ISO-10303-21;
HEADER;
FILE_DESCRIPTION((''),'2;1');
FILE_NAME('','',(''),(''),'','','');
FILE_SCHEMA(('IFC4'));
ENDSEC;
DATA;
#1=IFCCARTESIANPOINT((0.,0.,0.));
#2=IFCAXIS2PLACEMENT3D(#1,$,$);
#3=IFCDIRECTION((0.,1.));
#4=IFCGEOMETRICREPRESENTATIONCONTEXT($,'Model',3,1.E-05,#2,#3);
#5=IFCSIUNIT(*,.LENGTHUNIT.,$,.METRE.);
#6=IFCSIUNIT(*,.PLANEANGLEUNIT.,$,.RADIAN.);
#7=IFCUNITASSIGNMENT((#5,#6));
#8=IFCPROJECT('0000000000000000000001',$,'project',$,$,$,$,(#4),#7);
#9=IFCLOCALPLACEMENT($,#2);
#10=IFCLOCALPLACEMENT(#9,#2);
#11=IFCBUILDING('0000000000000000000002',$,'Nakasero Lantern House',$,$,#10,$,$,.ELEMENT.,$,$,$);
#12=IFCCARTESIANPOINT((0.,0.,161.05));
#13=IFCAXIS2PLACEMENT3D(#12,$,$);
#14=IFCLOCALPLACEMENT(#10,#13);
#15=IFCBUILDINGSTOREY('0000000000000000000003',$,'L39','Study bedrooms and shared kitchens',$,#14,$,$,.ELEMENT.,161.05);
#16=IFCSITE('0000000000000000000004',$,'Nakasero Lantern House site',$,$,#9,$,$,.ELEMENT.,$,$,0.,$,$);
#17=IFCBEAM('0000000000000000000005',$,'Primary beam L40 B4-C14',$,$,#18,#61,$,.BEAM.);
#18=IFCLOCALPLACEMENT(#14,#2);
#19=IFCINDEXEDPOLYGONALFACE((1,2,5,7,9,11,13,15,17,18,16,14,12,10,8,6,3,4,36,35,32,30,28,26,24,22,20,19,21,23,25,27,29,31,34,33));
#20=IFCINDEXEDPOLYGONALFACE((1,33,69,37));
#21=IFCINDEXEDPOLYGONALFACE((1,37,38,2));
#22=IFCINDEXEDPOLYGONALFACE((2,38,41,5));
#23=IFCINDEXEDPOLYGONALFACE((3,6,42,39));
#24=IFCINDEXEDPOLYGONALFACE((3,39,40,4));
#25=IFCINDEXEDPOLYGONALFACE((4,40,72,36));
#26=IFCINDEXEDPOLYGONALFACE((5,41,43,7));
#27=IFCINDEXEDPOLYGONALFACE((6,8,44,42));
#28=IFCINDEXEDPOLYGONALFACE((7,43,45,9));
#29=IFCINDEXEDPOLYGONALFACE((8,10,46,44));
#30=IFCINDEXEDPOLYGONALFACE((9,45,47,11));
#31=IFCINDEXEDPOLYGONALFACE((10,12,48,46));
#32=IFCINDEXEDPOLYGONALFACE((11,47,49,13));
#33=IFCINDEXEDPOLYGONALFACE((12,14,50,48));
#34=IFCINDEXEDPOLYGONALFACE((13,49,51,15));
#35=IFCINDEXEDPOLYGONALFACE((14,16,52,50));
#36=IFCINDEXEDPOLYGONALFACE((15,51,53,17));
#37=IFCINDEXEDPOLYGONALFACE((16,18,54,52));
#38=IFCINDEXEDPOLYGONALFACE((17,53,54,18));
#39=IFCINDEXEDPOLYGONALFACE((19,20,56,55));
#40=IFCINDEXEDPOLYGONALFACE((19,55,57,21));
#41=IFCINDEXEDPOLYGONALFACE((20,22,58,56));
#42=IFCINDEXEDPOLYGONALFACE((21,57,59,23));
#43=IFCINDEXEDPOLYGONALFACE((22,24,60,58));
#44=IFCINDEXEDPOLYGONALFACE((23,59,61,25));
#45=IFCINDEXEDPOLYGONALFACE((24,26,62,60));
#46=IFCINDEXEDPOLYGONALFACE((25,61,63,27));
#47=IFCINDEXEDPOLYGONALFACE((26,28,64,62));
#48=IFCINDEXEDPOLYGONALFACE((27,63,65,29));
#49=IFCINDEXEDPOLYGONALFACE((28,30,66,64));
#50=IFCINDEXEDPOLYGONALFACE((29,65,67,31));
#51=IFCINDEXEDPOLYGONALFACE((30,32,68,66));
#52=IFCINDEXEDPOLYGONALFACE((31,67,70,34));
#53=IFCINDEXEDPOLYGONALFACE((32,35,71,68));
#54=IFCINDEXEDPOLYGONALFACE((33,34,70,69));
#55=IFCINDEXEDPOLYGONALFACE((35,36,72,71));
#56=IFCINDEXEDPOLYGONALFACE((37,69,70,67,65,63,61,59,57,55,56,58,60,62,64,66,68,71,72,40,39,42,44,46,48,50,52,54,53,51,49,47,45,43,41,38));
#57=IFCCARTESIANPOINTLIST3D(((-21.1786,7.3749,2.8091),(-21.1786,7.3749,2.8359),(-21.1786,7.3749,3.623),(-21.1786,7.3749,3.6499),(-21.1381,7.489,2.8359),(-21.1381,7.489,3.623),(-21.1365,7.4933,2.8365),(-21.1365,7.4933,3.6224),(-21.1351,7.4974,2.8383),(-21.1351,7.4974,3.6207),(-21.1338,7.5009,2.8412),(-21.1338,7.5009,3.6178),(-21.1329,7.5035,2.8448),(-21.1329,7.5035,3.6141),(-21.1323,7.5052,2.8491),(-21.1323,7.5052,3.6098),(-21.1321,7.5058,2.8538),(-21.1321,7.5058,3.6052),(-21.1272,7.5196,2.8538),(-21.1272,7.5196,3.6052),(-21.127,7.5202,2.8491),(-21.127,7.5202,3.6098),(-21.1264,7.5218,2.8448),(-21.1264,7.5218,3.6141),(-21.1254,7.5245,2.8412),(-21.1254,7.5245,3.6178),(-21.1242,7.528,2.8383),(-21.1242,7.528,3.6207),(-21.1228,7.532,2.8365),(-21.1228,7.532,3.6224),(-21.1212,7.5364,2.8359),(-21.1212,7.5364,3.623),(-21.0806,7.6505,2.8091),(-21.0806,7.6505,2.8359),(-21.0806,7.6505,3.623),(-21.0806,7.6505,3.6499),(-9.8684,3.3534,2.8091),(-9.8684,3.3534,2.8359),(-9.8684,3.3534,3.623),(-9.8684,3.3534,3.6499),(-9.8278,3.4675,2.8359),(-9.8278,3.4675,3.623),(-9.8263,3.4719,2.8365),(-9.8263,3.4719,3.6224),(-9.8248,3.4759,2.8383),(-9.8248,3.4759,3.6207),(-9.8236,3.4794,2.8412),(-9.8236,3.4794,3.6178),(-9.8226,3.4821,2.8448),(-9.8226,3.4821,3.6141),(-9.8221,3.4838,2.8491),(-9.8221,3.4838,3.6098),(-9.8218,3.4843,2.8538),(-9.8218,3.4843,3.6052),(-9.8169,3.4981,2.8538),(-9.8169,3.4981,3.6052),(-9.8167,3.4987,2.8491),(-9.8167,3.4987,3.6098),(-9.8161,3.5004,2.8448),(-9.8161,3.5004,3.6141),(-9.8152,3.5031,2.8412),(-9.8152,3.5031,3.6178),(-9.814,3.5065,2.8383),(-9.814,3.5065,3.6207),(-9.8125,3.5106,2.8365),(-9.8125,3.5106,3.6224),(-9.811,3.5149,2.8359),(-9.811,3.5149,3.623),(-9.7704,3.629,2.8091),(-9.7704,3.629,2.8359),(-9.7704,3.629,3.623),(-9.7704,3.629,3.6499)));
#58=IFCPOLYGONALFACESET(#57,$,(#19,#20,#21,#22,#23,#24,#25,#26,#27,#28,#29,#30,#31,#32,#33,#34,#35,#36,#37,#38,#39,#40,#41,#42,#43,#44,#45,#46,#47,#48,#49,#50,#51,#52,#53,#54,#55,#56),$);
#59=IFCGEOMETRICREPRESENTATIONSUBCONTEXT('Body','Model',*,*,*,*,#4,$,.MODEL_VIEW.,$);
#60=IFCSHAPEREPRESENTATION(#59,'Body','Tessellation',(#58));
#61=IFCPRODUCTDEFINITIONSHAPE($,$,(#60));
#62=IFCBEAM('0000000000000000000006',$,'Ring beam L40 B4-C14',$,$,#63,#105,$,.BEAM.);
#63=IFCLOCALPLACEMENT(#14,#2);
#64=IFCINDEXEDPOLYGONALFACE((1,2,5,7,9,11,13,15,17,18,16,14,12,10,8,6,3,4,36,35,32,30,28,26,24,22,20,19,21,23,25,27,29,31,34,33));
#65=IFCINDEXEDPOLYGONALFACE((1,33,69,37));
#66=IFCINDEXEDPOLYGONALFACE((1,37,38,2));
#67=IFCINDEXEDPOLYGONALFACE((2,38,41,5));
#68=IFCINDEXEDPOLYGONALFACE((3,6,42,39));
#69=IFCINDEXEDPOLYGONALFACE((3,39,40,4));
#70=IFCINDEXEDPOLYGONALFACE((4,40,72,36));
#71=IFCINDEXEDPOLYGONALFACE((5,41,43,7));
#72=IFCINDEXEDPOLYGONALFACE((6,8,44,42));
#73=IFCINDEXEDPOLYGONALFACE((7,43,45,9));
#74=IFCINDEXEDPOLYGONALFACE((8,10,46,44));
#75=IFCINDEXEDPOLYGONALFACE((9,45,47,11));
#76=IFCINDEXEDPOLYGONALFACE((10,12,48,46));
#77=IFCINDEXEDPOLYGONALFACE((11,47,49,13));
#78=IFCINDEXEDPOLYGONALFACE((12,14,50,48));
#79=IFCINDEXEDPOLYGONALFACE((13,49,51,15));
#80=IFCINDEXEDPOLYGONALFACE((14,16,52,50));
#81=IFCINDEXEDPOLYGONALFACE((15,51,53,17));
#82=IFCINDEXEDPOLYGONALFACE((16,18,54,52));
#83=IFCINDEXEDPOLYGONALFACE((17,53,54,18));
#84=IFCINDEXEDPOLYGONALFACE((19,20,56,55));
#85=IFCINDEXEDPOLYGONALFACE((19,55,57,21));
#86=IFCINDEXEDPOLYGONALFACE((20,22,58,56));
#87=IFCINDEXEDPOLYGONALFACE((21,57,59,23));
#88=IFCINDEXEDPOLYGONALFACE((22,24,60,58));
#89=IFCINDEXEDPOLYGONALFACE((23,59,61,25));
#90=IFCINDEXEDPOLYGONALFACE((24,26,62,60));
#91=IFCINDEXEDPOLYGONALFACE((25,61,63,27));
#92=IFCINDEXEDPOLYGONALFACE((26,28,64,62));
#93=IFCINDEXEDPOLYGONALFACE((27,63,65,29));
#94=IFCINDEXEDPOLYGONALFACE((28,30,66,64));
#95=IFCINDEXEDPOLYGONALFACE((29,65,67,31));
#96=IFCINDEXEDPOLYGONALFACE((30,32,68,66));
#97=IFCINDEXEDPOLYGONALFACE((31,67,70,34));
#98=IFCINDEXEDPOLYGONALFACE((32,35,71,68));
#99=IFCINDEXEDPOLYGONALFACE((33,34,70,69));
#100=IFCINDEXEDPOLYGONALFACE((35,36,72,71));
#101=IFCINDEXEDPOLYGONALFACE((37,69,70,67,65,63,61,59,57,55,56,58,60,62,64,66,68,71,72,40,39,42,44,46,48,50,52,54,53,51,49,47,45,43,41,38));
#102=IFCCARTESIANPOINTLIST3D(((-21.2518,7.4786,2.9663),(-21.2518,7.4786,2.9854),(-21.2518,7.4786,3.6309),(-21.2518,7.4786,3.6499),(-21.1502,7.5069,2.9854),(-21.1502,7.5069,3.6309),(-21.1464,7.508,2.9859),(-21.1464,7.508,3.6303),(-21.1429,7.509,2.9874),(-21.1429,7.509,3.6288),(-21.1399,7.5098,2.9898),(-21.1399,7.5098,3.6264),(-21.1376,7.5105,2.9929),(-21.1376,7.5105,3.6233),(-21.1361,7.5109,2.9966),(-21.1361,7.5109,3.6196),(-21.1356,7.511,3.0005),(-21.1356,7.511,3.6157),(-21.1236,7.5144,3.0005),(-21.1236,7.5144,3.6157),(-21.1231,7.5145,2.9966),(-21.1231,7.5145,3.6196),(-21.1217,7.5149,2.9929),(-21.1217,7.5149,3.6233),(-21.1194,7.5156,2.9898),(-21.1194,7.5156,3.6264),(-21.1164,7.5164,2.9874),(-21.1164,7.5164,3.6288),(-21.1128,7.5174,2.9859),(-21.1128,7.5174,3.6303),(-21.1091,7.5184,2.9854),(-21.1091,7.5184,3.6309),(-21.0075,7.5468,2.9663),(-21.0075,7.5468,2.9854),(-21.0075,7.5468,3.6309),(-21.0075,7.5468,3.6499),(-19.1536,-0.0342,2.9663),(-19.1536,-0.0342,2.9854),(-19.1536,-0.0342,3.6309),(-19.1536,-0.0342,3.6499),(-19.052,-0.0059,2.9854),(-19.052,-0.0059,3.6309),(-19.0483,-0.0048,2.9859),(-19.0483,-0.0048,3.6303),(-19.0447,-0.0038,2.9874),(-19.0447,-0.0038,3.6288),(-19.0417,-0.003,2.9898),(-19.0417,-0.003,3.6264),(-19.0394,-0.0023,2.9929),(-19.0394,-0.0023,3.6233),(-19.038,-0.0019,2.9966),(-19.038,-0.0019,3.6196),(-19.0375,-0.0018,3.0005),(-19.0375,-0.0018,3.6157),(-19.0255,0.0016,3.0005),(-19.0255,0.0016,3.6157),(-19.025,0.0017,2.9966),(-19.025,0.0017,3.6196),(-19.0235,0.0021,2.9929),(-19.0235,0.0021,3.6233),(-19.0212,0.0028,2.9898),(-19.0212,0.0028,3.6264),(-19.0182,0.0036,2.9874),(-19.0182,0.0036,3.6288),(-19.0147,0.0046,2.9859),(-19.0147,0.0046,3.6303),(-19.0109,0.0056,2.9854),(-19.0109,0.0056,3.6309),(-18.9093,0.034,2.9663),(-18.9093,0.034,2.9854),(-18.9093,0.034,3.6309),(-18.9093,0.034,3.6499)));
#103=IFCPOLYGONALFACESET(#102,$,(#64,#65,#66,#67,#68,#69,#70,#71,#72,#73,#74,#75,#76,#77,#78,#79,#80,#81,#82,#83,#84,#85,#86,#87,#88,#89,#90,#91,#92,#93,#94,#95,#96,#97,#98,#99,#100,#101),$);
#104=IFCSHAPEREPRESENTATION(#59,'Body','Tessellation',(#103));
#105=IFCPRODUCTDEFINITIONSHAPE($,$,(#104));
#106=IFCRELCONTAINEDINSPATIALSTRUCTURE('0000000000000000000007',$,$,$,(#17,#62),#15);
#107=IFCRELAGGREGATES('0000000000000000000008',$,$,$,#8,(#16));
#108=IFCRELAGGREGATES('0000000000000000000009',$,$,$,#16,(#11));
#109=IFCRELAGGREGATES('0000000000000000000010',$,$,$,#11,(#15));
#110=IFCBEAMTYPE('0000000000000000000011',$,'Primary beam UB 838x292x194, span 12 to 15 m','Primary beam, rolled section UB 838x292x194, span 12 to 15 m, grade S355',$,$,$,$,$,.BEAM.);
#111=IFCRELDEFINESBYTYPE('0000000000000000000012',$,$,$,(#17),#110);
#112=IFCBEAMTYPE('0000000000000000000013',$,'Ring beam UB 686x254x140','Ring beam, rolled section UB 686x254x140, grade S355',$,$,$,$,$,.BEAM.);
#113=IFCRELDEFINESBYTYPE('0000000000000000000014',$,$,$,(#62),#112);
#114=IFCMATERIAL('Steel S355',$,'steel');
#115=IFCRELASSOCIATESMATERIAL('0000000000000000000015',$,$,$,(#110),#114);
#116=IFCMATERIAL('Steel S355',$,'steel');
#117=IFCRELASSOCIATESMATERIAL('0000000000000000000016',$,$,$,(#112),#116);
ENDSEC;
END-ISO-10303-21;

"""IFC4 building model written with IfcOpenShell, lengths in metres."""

from ifc_helpers import new_model, si_unit, direction, frame, origin, origin_2d, place, context, subcontext, project, spatial, i_section, extrude, material, material_profile, profile_set, type_object, element, save


model = new_model("IFC4")

# Units and contexts
model_context = context("Model", 3, precision=1e-05, world=origin(), true_north=direction((0.0, 1.0)))
body_context = subcontext(model_context, "Body", "Model", "MODEL_VIEW")
ifc_project = project(units=[si_unit("LENGTHUNIT", "METRE"), si_unit("PLANEANGLEUNIT", "RADIAN")], contexts=[model_context])

# Site, building, storey
site_placement = place(None, origin())
site = spatial("IfcSite", under=ifc_project, at=site_placement, Name="Nakasero Lantern House site", CompositionType="ELEMENT", RefElevation=0.0)
building_placement = place(site_placement, origin())
building = spatial("IfcBuilding", under=site, at=building_placement, Name="Nakasero Lantern House", CompositionType="ELEMENT")
storey_placement = place(building_placement, frame((0.0, 0.0, 161.05)))
storey = spatial("IfcBuildingStorey", under=building, at=storey_placement, Name="L39", Description="Study bedrooms and shared kitchens", CompositionType="ELEMENT", Elevation=161.05)

# Beams
ifc_material_1 = material(Name="Steel S355", Category="steel")
ifc_material_profile_1 = material_profile(ifc_material_1, i_section(OverallWidth=0.2925, OverallDepth=0.8408, WebThickness=0.0146, FlangeThickness=0.0269, FilletRadius=0.0178, at=origin_2d()), Name="UB 838x292x194")
ifc_profile_set_1 = profile_set([ifc_material_profile_1], Name="Steel S355")
beam_type_1 = type_object("IfcBeamType", Name="Primary beam UB 838x292x194, span 12 to 15 m", Description="Primary beam, rolled section UB 838x292x194, span 12 to 15 m, grade S355", PredefinedType="BEAM", material=ifc_profile_set_1)
beam_1_placement = place(storey_placement, frame((-21.1296, 7.5127, 3.2295), z_axis=(0.942214, -0.335013, 0.0), x_axis=(0.335013, 0.942214, 0.0)))
element("IfcBeam", 1, at=beam_1_placement, inside=storey, type_object=beam_type_1, Name="Primary beam L40 B4-C14", PredefinedType="BEAM", context=body_context, shape_type="SweptSolid", body=[
    extrude(i_section(OverallWidth=0.2925, OverallDepth=0.8408, WebThickness=0.0146, FlangeThickness=0.0269, FilletRadius=0.0178, at=origin_2d()), origin(), (0.0, 0.0, 1.0), 12.0039),
])
ifc_material_2 = material(Name="Steel S355", Category="steel")
ifc_material_profile_2 = material_profile(ifc_material_2, i_section(OverallWidth=0.2537, OverallDepth=0.6836, WebThickness=0.0125, FlangeThickness=0.019, FilletRadius=0.0151, at=origin_2d()), Name="UB 686x254x140")
ifc_profile_set_2 = profile_set([ifc_material_profile_2], Name="Steel S355")
beam_type_2 = type_object("IfcBeamType", Name="Ring beam UB 686x254x140", Description="Ring beam, rolled section UB 686x254x140, grade S355", PredefinedType="BEAM", material=ifc_profile_set_2)
beam_2_placement = place(storey_placement, frame((-21.1296, 7.5127, 3.3081), z_axis=(0.268987, -0.963144, 0.0), x_axis=(0.963144, 0.268987, 0.0)))
element("IfcBeam", 2, at=beam_2_placement, inside=storey, type_object=beam_type_2, Name="Ring beam L40 B4-C14", PredefinedType="BEAM", context=body_context, shape_type="SweptSolid", body=[
    extrude(i_section(OverallWidth=0.2537, OverallDepth=0.6836, WebThickness=0.0125, FlangeThickness=0.019, FilletRadius=0.0151, at=origin_2d()), origin(), (0.0, 0.0, 1.0), 7.8003),
])

save(model, "model.ifc")
